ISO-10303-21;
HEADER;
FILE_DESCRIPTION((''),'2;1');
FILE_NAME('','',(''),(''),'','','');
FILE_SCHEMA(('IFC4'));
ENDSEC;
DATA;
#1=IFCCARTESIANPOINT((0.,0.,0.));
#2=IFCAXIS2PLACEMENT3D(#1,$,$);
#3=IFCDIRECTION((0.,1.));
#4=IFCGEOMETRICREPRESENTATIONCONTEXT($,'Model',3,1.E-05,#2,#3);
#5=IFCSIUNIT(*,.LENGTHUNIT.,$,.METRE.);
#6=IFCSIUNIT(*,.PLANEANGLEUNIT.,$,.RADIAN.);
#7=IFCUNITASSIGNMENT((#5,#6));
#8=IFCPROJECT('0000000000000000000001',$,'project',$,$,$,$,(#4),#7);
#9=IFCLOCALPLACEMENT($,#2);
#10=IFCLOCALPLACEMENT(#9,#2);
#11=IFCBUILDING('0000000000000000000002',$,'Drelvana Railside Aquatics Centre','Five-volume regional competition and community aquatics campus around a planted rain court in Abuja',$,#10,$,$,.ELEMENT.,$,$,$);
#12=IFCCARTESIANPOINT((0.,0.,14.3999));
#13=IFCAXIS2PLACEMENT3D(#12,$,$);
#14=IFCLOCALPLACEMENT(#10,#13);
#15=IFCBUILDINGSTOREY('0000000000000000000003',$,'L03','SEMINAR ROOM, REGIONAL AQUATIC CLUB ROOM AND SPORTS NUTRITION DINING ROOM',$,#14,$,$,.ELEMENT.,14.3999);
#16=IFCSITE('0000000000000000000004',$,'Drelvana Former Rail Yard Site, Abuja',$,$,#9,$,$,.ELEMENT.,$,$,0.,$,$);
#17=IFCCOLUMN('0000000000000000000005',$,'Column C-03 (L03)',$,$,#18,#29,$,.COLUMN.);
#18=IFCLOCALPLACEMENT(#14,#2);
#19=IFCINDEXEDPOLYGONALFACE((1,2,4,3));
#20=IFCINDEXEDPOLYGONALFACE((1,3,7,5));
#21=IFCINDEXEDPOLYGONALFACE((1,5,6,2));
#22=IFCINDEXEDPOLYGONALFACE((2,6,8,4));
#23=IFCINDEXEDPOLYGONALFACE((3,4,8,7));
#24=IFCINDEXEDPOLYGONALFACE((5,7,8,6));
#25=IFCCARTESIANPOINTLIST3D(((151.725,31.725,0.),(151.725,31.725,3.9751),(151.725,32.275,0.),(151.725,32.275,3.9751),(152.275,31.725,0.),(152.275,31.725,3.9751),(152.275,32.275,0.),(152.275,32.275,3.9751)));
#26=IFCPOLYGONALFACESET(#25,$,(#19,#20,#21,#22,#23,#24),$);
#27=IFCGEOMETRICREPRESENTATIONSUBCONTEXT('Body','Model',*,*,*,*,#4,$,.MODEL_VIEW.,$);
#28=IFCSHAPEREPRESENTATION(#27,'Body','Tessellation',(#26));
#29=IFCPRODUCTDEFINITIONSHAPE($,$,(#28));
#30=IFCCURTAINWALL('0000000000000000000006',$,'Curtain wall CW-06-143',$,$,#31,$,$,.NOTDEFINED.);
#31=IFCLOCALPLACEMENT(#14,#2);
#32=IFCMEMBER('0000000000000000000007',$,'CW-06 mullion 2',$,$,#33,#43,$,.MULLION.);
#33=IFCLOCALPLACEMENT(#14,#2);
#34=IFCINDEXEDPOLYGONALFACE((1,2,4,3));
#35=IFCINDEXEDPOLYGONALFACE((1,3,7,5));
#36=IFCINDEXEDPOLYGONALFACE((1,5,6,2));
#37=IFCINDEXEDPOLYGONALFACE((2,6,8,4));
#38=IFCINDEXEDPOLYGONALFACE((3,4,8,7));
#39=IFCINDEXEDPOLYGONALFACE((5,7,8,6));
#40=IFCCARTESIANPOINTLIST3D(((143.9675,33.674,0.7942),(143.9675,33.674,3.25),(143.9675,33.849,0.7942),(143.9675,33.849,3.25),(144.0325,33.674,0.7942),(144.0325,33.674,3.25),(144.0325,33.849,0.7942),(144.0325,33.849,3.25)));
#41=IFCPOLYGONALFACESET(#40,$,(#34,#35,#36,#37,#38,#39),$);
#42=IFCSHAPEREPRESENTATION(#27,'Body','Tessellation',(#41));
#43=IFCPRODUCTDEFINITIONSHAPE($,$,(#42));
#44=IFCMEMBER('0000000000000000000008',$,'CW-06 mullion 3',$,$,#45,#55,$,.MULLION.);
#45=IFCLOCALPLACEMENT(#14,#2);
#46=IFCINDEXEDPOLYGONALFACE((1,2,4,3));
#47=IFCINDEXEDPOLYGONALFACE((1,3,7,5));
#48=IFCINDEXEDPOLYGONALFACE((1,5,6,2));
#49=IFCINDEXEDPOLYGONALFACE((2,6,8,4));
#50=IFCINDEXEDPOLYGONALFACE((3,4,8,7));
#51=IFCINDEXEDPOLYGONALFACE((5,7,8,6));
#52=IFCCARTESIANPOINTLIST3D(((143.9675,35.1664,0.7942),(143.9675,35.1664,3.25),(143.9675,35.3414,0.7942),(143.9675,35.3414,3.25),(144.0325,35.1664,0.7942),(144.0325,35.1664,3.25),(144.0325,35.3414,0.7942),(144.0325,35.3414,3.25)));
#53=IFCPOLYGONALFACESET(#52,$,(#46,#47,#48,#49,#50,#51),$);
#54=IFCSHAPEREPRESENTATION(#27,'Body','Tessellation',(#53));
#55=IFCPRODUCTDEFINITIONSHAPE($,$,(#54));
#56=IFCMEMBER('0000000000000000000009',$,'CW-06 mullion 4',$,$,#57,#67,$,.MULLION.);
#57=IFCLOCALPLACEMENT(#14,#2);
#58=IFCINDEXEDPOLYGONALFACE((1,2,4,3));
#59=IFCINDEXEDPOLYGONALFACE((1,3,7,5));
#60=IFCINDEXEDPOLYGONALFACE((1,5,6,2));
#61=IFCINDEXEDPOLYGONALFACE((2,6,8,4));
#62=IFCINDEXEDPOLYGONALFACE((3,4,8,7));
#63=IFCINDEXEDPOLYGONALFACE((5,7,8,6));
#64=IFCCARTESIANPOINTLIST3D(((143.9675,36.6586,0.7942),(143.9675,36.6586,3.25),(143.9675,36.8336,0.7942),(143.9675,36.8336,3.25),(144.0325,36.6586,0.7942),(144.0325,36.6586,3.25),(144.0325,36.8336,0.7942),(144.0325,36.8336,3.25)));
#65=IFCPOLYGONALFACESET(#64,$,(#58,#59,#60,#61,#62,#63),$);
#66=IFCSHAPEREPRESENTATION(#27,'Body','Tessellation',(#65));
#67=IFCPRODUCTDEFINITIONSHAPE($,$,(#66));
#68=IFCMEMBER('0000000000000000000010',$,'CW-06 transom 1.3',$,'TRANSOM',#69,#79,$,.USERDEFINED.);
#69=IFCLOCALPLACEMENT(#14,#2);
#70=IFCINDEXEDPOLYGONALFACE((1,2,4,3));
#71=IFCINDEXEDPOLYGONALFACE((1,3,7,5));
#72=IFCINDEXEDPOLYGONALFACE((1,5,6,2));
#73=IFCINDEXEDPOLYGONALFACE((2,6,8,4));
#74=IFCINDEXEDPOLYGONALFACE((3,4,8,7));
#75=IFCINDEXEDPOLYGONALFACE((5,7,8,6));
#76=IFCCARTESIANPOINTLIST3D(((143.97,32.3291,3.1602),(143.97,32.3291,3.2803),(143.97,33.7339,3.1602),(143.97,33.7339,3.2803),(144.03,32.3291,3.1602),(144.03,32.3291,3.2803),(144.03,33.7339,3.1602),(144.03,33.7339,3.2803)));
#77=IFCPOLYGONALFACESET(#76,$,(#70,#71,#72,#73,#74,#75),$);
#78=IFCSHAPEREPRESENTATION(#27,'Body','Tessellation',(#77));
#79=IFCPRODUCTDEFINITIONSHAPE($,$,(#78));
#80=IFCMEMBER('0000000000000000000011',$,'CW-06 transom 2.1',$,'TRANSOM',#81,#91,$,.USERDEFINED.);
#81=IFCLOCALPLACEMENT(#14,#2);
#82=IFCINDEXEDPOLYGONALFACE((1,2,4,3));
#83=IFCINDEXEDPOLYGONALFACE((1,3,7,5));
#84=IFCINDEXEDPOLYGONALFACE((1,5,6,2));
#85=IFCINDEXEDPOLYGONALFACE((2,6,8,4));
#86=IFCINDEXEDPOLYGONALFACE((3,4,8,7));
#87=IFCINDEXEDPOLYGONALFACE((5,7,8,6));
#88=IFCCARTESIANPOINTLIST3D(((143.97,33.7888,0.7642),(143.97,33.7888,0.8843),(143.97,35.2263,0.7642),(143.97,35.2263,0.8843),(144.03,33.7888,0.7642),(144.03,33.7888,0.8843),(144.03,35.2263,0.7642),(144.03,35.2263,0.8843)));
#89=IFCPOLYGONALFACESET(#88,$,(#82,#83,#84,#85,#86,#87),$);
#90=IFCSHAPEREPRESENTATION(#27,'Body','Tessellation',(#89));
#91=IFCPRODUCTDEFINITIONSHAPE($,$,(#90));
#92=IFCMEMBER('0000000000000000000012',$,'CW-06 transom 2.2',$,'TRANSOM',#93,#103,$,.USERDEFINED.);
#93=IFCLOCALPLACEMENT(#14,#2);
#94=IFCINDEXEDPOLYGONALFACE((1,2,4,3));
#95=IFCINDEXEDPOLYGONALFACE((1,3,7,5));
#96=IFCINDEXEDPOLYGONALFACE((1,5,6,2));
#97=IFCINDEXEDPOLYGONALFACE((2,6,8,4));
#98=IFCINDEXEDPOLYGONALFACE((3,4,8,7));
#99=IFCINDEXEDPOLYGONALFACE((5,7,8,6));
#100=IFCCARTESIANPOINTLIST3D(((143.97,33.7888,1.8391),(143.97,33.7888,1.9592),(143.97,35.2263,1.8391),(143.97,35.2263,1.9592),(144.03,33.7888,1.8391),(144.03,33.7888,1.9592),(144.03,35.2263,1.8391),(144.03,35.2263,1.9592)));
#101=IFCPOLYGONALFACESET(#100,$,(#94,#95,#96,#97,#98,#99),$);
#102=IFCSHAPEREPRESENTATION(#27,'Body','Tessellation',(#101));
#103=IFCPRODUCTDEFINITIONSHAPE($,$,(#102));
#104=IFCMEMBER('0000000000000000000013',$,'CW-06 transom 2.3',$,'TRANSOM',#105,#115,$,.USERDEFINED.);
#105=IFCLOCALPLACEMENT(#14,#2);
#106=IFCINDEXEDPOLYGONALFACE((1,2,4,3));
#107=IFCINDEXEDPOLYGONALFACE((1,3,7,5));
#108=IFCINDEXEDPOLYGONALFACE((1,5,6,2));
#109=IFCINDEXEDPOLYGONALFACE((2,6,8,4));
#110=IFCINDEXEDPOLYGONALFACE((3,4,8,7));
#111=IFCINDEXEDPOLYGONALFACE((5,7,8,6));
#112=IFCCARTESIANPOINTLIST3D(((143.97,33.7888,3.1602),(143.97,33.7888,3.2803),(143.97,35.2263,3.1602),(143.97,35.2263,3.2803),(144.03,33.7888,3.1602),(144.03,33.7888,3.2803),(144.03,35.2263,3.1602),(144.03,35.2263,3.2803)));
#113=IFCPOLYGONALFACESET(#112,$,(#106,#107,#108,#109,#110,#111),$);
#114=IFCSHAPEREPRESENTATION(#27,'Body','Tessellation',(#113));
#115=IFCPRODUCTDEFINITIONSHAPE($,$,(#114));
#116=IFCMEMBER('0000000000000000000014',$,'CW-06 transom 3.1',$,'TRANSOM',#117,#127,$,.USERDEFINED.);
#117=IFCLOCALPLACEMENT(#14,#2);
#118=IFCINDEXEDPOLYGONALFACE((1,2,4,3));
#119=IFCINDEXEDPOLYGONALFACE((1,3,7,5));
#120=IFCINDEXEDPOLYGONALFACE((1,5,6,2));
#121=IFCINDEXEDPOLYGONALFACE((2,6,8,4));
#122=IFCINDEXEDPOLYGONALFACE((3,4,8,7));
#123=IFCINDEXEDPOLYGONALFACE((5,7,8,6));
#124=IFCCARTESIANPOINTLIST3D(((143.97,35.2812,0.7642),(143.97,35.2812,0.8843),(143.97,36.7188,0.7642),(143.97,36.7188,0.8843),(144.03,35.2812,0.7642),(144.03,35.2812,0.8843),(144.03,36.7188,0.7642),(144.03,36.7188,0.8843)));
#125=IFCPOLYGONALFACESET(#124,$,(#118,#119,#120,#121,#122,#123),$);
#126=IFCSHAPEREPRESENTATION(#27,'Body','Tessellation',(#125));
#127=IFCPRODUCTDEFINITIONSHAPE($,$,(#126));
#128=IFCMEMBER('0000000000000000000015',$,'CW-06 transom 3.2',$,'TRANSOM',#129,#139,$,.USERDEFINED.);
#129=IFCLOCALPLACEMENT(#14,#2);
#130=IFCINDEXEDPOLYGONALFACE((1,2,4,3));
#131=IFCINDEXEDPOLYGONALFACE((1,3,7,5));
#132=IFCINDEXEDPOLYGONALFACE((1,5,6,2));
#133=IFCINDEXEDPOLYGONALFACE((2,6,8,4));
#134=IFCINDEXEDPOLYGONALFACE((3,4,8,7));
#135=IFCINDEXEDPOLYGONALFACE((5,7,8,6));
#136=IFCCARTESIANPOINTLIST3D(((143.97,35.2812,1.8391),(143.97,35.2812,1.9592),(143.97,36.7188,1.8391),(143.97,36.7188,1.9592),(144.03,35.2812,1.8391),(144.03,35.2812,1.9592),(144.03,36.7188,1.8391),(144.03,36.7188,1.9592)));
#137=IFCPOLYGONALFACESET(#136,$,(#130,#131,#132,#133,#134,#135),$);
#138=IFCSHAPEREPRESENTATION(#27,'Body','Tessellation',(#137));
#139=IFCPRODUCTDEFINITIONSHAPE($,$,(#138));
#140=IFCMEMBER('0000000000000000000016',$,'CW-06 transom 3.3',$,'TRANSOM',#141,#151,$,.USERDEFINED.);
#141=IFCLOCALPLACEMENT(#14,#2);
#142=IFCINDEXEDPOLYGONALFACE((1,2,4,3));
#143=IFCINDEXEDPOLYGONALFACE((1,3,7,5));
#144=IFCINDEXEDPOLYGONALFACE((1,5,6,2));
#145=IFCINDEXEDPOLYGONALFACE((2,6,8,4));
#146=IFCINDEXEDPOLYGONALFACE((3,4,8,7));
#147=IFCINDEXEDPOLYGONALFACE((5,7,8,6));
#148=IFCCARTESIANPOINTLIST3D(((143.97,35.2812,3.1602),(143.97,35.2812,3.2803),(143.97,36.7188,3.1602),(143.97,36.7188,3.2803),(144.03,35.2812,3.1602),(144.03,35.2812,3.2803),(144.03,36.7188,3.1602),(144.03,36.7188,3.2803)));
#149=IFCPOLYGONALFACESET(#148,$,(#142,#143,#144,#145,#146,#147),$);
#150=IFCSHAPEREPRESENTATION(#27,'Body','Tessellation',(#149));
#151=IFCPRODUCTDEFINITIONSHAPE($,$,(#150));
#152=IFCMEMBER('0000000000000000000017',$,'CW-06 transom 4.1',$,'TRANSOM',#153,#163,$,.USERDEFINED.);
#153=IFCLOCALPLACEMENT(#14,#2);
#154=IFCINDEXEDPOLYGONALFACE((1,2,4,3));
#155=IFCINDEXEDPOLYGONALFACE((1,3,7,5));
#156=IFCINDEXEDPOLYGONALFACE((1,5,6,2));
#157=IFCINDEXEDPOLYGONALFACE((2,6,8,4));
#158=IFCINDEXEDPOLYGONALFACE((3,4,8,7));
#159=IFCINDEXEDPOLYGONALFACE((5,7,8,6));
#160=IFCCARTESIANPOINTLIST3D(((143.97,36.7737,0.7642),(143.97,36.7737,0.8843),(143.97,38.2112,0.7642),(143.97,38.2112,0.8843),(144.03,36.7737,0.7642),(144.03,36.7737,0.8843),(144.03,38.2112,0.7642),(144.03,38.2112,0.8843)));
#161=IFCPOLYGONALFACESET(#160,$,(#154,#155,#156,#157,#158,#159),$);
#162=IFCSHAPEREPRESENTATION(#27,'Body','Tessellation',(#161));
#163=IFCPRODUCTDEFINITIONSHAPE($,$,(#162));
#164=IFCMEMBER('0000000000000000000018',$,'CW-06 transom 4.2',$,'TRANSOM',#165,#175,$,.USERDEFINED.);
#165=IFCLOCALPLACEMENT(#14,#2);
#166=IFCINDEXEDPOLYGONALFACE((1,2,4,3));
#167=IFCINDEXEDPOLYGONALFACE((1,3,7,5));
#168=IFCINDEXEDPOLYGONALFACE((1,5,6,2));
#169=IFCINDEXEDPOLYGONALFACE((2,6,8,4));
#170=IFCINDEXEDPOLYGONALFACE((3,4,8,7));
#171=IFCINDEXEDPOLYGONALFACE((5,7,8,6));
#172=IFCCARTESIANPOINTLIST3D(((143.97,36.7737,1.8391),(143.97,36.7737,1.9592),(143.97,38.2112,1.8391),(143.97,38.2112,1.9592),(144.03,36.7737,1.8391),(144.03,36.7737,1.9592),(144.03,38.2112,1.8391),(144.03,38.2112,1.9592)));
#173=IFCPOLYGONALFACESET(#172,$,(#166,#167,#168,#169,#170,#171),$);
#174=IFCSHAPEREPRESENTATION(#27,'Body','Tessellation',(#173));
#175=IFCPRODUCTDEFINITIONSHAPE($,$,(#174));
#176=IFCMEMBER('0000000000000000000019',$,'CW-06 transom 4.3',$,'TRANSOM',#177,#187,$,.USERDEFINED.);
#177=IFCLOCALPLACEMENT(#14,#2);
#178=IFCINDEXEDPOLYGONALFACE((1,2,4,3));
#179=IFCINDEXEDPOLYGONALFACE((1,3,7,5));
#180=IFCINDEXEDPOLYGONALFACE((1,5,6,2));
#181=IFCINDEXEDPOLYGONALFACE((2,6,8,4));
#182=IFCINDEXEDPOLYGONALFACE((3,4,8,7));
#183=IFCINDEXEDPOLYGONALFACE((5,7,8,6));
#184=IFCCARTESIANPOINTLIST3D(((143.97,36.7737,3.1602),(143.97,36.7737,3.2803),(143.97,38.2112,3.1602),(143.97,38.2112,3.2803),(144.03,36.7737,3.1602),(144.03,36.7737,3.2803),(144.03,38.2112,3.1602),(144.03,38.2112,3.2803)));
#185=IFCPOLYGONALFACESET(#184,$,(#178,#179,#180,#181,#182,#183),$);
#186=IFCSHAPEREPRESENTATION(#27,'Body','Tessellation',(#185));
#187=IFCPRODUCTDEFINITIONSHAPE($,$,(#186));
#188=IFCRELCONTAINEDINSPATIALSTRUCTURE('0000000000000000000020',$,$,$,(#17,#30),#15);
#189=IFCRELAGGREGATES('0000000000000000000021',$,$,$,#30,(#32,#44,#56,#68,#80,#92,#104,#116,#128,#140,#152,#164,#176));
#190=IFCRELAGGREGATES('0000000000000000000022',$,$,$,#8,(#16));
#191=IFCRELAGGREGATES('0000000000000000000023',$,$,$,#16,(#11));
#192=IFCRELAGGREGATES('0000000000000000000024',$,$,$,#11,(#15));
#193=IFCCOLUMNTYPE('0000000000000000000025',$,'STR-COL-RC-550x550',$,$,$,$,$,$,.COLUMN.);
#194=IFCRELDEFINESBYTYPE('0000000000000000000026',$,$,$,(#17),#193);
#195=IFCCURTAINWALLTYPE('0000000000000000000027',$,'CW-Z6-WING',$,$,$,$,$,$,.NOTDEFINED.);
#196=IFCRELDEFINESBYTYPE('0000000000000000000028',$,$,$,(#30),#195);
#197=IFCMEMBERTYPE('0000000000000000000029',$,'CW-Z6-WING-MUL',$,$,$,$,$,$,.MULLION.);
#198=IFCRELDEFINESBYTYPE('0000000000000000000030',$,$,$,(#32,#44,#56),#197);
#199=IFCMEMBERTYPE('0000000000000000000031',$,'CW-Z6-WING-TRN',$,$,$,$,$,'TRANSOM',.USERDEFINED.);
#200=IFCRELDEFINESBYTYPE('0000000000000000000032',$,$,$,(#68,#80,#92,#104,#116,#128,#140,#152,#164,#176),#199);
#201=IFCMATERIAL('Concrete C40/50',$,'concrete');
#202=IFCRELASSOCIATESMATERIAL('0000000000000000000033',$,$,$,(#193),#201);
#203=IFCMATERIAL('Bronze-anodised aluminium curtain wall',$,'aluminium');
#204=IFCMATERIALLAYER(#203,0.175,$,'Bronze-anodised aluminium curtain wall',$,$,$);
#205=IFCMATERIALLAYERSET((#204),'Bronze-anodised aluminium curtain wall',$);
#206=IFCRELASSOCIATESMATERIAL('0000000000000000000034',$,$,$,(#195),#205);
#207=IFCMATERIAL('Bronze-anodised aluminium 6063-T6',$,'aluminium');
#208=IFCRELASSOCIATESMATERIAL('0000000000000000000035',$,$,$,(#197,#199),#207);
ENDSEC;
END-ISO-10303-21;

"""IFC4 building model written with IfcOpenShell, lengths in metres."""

from ifc_helpers import new_model, si_unit, direction, frame, origin, origin_2d, place, context, subcontext, project, spatial, rectangle, extrude, material, layer, layer_set, material_profile, profile_set, type_object, element, aggregate, save


model = new_model("IFC4")

# Units and contexts
model_context = context("Model", 3, precision=1e-05, world=origin(), true_north=direction((0.0, 1.0)))
body_context = subcontext(model_context, "Body", "Model", "MODEL_VIEW")
ifc_project = project(units=[si_unit("LENGTHUNIT", "METRE"), si_unit("PLANEANGLEUNIT", "RADIAN")], contexts=[model_context])

# Site, building, storey
site_placement = place(None, origin())
site = spatial("IfcSite", under=ifc_project, at=site_placement, Name="Drelvana Former Rail Yard Site, Abuja", CompositionType="ELEMENT", RefElevation=0.0)
building_placement = place(site_placement, origin())
building = spatial("IfcBuilding", under=site, at=building_placement, Name="Drelvana Railside Aquatics Centre", Description="Five-volume regional competition and community aquatics campus around a planted rain court in Abuja", CompositionType="ELEMENT")
storey_placement = place(building_placement, frame((0.0, 0.0, 14.3999)))
storey = spatial("IfcBuildingStorey", under=building, at=storey_placement, Name="L03", Description="SEMINAR ROOM, REGIONAL AQUATIC CLUB ROOM AND SPORTS NUTRITION DINING ROOM", CompositionType="ELEMENT", Elevation=14.3999)

# Column
ifc_material_1 = material(Name="Concrete C40/50", Category="concrete")
ifc_material_profile_1 = material_profile(ifc_material_1, rectangle(XDim=0.55, YDim=0.55, at=origin_2d()), Name="RC 550x550")
ifc_profile_set_1 = profile_set([ifc_material_profile_1], Name="Concrete C40/50")
column_type = type_object("IfcColumnType", Name="STR-COL-RC-550x550", PredefinedType="COLUMN", material=ifc_profile_set_1)
column_placement = place(storey_placement, frame((152.0, 32.0, 0.0), z_axis=(0.0, 0.0, 1.0), x_axis=(1.0, 0.0, 0.0)))
element("IfcColumn", 1, at=column_placement, inside=storey, type_object=column_type, Name="Column C-03 (L03)", PredefinedType="COLUMN", context=body_context, shape_type="SweptSolid", body=[
    extrude(rectangle(XDim=0.55, YDim=0.55, at=origin_2d()), origin(), (0.0, 0.0, 1.0), 3.9751),
])

# Curtain wall, members
ifc_material_2 = material(Name="Bronze-anodised aluminium curtain wall", Category="aluminium")
ifc_layer_1 = layer(ifc_material_2, 0.175, Name="Bronze-anodised aluminium curtain wall")
ifc_layer_set_1 = layer_set([ifc_layer_1], Name="Bronze-anodised aluminium curtain wall")
curtain_wall_type = type_object("IfcCurtainWallType", Name="CW-Z6-WING", PredefinedType="NOTDEFINED", material=ifc_layer_set_1)
curtain_wall_placement = place(storey_placement, origin())
curtain_wall = element("IfcCurtainWall", 2, at=curtain_wall_placement, inside=storey, type_object=curtain_wall_type, Name="Curtain wall CW-06-143", PredefinedType="NOTDEFINED")
ifc_material_3 = material(Name="Bronze-anodised aluminium 6063-T6", Category="aluminium")
ifc_material_profile_2 = material_profile(ifc_material_3, rectangle(XDim=0.0649, YDim=0.175, at=origin_2d()), Name="ALU-M 65x175")
ifc_profile_set_2 = profile_set([ifc_material_profile_2], Name="Bronze-anodised aluminium 6063-T6")
member_type_1 = type_object("IfcMemberType", Name="CW-Z6-WING-MUL", PredefinedType="MULLION", material=ifc_profile_set_2)
member_1_placement = place(storey_placement, frame((144.0, 33.7615, 0.7942), z_axis=(0.0, 0.0, 1.0), x_axis=(-1.0, 0.0, 0.0)))
member_1 = element("IfcMember", 3, at=member_1_placement, type_object=member_type_1, Name="CW-06 mullion 2", PredefinedType="MULLION", context=body_context, shape_type="SweptSolid", body=[
    extrude(rectangle(XDim=0.0649, YDim=0.175, at=origin_2d()), origin(), (0.0, 0.0, 1.0), 2.4558),
])
member_2_placement = place(storey_placement, frame((144.0, 35.2539, 0.7942), z_axis=(0.0, 0.0, 1.0), x_axis=(-1.0, 0.0, 0.0)))
member_2 = element("IfcMember", 4, at=member_2_placement, type_object=member_type_1, Name="CW-06 mullion 3", PredefinedType="MULLION", context=body_context, shape_type="SweptSolid", body=[
    extrude(rectangle(XDim=0.0649, YDim=0.175, at=origin_2d()), origin(), (0.0, 0.0, 1.0), 2.4558),
])
member_3_placement = place(storey_placement, frame((144.0, 36.7461, 0.7942), z_axis=(0.0, 0.0, 1.0), x_axis=(-1.0, 0.0, 0.0)))
member_3 = element("IfcMember", 5, at=member_3_placement, type_object=member_type_1, Name="CW-06 mullion 4", PredefinedType="MULLION", context=body_context, shape_type="SweptSolid", body=[
    extrude(rectangle(XDim=0.0649, YDim=0.175, at=origin_2d()), origin(), (0.0, 0.0, 1.0), 2.4558),
])
ifc_material_profile_3 = material_profile(ifc_material_3, rectangle(XDim=0.1201, YDim=0.0601, at=origin_2d()), Name="ALU-T 60x120")
ifc_profile_set_3 = profile_set([ifc_material_profile_3], Name="Bronze-anodised aluminium 6063-T6")
member_type_2 = type_object("IfcMemberType", Name="CW-Z6-WING-TRN", ElementType="TRANSOM", PredefinedType="USERDEFINED", material=ifc_profile_set_3)
member_4_placement = place(storey_placement, frame((144.0, 32.3291, 3.2202), z_axis=(0.0, 1.0, 0.0), x_axis=(0.0, 0.0, 1.0)))
member_4 = element("IfcMember", 6, at=member_4_placement, type_object=member_type_2, Name="CW-06 transom 1.3", ObjectType="TRANSOM", PredefinedType="USERDEFINED", context=body_context, shape_type="SweptSolid", body=[
    extrude(rectangle(XDim=0.1201, YDim=0.0601, at=origin_2d()), origin(), (0.0, 0.0, 1.0), 1.4048),
])
member_5_placement = place(storey_placement, frame((144.0, 33.7888, 0.8242), z_axis=(0.0, 1.0, 0.0), x_axis=(0.0, 0.0, 1.0)))
member_5 = element("IfcMember", 7, at=member_5_placement, type_object=member_type_2, Name="CW-06 transom 2.1", ObjectType="TRANSOM", PredefinedType="USERDEFINED", context=body_context, shape_type="SweptSolid", body=[
    extrude(rectangle(XDim=0.1201, YDim=0.0601, at=origin_2d()), origin(), (0.0, 0.0, 1.0), 1.4375),
])
member_6_placement = place(storey_placement, frame((144.0, 33.7888, 1.8992), z_axis=(0.0, 1.0, 0.0), x_axis=(0.0, 0.0, 1.0)))
member_6 = element("IfcMember", 8, at=member_6_placement, type_object=member_type_2, Name="CW-06 transom 2.2", ObjectType="TRANSOM", PredefinedType="USERDEFINED", context=body_context, shape_type="SweptSolid", body=[
    extrude(rectangle(XDim=0.1201, YDim=0.0601, at=origin_2d()), origin(), (0.0, 0.0, 1.0), 1.4375),
])
member_7_placement = place(storey_placement, frame((144.0, 33.7888, 3.2202), z_axis=(0.0, 1.0, 0.0), x_axis=(0.0, 0.0, 1.0)))
member_7 = element("IfcMember", 9, at=member_7_placement, type_object=member_type_2, Name="CW-06 transom 2.3", ObjectType="TRANSOM", PredefinedType="USERDEFINED", context=body_context, shape_type="SweptSolid", body=[
    extrude(rectangle(XDim=0.1201, YDim=0.0601, at=origin_2d()), origin(), (0.0, 0.0, 1.0), 1.4375),
])
member_8_placement = place(storey_placement, frame((144.0, 35.2812, 0.8242), z_axis=(0.0, 1.0, 0.0), x_axis=(0.0, 0.0, 1.0)))
member_8 = element("IfcMember", 10, at=member_8_placement, type_object=member_type_2, Name="CW-06 transom 3.1", ObjectType="TRANSOM", PredefinedType="USERDEFINED", context=body_context, shape_type="SweptSolid", body=[
    extrude(rectangle(XDim=0.1201, YDim=0.0601, at=origin_2d()), origin(), (0.0, 0.0, 1.0), 1.4375),
])
member_9_placement = place(storey_placement, frame((144.0, 35.2812, 1.8992), z_axis=(0.0, 1.0, 0.0), x_axis=(0.0, 0.0, 1.0)))
member_9 = element("IfcMember", 11, at=member_9_placement, type_object=member_type_2, Name="CW-06 transom 3.2", ObjectType="TRANSOM", PredefinedType="USERDEFINED", context=body_context, shape_type="SweptSolid", body=[
    extrude(rectangle(XDim=0.1201, YDim=0.0601, at=origin_2d()), origin(), (0.0, 0.0, 1.0), 1.4375),
])
member_10_placement = place(storey_placement, frame((144.0, 35.2812, 3.2202), z_axis=(0.0, 1.0, 0.0), x_axis=(0.0, 0.0, 1.0)))
member_10 = element("IfcMember", 12, at=member_10_placement, type_object=member_type_2, Name="CW-06 transom 3.3", ObjectType="TRANSOM", PredefinedType="USERDEFINED", context=body_context, shape_type="SweptSolid", body=[
    extrude(rectangle(XDim=0.1201, YDim=0.0601, at=origin_2d()), origin(), (0.0, 0.0, 1.0), 1.4375),
])
member_11_placement = place(storey_placement, frame((144.0, 36.7737, 0.8242), z_axis=(0.0, 1.0, 0.0), x_axis=(0.0, 0.0, 1.0)))
member_11 = element("IfcMember", 13, at=member_11_placement, type_object=member_type_2, Name="CW-06 transom 4.1", ObjectType="TRANSOM", PredefinedType="USERDEFINED", context=body_context, shape_type="SweptSolid", body=[
    extrude(rectangle(XDim=0.1201, YDim=0.0601, at=origin_2d()), origin(), (0.0, 0.0, 1.0), 1.4375),
])
member_12_placement = place(storey_placement, frame((144.0, 36.7737, 1.8992), z_axis=(0.0, 1.0, 0.0), x_axis=(0.0, 0.0, 1.0)))
member_12 = element("IfcMember", 14, at=member_12_placement, type_object=member_type_2, Name="CW-06 transom 4.2", ObjectType="TRANSOM", PredefinedType="USERDEFINED", context=body_context, shape_type="SweptSolid", body=[
    extrude(rectangle(XDim=0.1201, YDim=0.0601, at=origin_2d()), origin(), (0.0, 0.0, 1.0), 1.4375),
])
member_13_placement = place(storey_placement, frame((144.0, 36.7737, 3.2202), z_axis=(0.0, 1.0, 0.0), x_axis=(0.0, 0.0, 1.0)))
member_13 = element("IfcMember", 15, at=member_13_placement, type_object=member_type_2, Name="CW-06 transom 4.3", ObjectType="TRANSOM", PredefinedType="USERDEFINED", context=body_context, shape_type="SweptSolid", body=[
    extrude(rectangle(XDim=0.1201, YDim=0.0601, at=origin_2d()), origin(), (0.0, 0.0, 1.0), 1.4375),
])

aggregate(curtain_wall, [member_1, member_2, member_3, member_4, member_5, member_6, member_7, member_8, member_9, member_10, member_11, member_12, member_13])

save(model, "model.ifc")
